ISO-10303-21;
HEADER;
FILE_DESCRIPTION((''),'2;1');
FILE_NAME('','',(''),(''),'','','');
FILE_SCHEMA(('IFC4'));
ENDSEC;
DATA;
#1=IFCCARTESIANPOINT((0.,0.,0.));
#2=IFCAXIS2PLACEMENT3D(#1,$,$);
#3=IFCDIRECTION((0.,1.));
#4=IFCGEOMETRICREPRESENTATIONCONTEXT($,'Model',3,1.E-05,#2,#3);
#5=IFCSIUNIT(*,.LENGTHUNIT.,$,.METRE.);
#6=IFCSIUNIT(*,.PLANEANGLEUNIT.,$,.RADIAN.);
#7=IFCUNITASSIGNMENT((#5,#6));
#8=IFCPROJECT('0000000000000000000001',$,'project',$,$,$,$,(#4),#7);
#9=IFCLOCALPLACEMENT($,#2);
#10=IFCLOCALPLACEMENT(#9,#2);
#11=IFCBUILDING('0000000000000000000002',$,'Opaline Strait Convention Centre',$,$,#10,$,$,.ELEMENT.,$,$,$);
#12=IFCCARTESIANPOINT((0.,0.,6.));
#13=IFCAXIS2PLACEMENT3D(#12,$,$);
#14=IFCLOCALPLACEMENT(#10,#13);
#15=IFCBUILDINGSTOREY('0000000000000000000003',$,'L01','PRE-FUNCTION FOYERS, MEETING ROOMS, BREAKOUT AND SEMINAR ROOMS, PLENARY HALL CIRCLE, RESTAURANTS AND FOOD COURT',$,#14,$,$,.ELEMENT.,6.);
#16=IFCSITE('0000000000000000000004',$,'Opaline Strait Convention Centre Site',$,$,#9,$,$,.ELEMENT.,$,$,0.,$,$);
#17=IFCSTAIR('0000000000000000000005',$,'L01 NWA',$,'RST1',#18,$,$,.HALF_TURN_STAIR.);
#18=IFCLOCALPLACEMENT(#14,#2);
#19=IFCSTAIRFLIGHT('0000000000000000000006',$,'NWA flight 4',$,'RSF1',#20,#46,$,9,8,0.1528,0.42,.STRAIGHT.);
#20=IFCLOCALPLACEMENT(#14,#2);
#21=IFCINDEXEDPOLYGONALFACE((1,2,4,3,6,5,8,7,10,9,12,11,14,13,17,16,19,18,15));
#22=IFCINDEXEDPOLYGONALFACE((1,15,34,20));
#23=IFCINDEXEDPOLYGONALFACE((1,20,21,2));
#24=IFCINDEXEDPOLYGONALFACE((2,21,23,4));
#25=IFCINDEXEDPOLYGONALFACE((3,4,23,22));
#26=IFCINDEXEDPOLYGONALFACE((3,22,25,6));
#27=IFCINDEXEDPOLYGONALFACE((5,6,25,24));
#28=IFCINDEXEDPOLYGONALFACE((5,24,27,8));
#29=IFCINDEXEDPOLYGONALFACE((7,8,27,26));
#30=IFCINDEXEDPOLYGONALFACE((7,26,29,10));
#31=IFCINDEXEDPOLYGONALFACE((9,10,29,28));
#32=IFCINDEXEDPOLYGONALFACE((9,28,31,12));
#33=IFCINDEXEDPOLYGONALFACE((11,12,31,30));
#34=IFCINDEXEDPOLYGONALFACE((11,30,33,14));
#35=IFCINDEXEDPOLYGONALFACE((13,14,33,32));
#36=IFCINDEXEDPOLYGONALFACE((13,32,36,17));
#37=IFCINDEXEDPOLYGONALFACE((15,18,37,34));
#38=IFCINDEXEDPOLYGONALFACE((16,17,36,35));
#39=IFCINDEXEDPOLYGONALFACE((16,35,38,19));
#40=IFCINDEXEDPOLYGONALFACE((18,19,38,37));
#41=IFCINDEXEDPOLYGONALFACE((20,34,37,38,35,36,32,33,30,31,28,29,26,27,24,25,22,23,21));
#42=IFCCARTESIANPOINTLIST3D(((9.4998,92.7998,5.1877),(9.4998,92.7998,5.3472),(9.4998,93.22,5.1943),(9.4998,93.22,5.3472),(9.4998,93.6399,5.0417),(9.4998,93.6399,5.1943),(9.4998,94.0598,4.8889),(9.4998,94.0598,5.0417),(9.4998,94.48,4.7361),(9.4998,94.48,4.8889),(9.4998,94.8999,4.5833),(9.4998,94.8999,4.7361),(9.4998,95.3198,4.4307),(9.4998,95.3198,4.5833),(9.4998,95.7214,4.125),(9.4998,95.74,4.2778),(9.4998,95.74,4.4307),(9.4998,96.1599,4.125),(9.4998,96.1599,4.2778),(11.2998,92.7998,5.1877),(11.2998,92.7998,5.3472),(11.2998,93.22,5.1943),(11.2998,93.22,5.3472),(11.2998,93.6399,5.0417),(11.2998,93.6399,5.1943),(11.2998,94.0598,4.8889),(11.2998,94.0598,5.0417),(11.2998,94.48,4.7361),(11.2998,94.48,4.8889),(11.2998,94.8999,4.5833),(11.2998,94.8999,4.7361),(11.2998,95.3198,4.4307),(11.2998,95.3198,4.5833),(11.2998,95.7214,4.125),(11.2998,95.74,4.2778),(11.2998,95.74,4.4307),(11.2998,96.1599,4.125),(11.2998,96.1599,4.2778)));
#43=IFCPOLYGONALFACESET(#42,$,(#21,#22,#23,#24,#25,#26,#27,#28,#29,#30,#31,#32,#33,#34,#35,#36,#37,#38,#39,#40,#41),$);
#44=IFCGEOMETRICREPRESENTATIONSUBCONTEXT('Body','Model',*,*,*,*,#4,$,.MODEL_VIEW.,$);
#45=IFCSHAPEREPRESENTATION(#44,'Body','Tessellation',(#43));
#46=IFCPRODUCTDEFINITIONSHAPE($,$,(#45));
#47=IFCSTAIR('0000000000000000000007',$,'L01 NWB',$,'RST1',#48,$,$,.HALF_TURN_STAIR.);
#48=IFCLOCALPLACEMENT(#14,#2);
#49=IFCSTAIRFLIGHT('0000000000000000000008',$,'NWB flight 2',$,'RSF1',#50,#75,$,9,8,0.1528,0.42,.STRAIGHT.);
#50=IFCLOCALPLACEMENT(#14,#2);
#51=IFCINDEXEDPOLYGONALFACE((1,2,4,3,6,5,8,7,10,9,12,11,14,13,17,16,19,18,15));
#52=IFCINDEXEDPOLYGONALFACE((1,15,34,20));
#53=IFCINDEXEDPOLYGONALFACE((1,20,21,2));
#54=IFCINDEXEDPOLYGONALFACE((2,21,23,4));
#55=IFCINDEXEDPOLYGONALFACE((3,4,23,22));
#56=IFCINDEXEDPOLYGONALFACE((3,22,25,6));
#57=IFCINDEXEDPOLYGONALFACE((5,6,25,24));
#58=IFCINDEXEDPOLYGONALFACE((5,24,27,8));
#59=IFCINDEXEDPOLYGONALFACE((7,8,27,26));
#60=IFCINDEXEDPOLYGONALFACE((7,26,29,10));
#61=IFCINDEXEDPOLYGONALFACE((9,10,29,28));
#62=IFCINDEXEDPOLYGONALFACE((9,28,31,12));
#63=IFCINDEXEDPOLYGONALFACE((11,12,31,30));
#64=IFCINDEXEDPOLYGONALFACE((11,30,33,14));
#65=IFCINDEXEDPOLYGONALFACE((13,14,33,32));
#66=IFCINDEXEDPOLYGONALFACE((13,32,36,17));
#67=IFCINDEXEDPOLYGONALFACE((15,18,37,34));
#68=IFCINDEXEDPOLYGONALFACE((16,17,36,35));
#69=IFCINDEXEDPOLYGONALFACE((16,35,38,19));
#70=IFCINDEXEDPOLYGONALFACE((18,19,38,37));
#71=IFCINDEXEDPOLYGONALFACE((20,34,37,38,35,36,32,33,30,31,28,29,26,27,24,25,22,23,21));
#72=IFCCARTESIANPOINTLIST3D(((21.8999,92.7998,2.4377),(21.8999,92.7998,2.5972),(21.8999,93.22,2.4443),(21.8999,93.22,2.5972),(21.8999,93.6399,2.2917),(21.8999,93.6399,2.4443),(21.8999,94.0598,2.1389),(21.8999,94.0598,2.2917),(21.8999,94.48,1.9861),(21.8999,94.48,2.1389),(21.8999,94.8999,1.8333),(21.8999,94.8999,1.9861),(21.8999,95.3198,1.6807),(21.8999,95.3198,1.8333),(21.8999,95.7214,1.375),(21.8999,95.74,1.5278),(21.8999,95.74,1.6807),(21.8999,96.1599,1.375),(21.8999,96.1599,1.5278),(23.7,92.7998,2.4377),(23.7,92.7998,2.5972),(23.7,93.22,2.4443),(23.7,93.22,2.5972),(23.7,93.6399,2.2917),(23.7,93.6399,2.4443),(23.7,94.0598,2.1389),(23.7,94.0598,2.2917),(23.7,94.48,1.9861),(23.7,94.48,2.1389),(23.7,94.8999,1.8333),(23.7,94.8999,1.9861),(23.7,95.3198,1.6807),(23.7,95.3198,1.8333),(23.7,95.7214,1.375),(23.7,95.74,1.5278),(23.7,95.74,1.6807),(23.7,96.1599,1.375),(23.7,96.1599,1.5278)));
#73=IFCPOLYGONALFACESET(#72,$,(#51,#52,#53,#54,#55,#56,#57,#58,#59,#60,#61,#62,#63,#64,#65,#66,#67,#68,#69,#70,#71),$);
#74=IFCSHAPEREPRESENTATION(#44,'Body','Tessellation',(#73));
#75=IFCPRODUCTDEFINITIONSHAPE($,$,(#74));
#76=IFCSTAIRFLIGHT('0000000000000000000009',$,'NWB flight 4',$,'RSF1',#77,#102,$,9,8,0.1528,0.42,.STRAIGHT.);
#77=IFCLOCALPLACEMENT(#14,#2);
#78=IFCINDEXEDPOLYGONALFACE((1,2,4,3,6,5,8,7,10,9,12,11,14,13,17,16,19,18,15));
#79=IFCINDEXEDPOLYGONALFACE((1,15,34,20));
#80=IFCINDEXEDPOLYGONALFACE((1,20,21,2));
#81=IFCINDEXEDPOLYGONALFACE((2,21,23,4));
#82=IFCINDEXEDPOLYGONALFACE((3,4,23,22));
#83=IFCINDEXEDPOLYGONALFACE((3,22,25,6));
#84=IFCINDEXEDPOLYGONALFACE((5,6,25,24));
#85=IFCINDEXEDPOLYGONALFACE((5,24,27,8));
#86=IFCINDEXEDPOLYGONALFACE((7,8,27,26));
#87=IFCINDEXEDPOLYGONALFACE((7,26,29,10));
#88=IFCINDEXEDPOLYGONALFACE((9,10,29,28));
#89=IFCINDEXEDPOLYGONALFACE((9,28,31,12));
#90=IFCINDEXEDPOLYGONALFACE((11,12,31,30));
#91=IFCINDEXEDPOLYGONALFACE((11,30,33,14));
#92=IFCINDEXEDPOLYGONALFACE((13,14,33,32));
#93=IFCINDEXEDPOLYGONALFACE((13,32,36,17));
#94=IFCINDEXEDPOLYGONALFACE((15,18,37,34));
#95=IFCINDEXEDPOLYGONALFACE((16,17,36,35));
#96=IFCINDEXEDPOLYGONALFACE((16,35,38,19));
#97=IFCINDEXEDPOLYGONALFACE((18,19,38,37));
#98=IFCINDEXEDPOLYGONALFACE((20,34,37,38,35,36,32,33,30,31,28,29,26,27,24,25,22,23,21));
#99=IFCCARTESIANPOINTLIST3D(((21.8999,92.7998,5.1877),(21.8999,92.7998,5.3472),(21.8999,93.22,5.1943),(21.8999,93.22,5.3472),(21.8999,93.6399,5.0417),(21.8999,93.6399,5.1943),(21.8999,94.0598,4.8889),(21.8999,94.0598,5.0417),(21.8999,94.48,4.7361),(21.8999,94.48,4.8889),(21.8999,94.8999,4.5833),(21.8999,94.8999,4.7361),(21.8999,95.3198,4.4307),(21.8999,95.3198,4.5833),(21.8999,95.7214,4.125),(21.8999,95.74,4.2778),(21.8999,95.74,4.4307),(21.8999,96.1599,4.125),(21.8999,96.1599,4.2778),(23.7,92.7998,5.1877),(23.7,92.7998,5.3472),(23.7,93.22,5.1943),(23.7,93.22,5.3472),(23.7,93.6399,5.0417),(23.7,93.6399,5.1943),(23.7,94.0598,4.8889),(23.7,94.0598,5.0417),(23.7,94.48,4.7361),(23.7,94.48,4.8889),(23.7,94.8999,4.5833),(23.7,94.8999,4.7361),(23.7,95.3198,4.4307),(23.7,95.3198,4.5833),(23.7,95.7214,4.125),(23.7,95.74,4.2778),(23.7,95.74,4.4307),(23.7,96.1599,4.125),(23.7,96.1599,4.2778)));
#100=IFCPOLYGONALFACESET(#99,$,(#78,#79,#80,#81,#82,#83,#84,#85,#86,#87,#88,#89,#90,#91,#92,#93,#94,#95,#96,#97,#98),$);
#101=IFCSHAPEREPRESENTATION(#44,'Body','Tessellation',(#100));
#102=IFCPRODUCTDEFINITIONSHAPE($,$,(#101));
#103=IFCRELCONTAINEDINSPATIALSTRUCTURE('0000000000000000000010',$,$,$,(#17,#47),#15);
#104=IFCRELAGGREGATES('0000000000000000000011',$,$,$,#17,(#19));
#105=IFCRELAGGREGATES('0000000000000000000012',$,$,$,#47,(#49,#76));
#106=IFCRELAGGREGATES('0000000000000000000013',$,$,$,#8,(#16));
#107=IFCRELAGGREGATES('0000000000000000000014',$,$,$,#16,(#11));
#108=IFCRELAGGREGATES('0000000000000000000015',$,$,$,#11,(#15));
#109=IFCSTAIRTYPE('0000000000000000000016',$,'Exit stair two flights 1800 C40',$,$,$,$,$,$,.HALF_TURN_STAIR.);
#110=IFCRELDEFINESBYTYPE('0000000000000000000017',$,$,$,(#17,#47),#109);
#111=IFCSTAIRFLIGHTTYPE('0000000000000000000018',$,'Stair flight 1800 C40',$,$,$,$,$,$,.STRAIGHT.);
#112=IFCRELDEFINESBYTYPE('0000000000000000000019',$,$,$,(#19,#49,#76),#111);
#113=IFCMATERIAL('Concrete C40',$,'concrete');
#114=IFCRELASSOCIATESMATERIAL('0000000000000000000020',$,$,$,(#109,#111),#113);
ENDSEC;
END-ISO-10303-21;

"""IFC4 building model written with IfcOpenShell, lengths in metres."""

from ifc_helpers import new_model, si_unit, direction, frame, origin, place, context, subcontext, project, spatial, polyline, outline, extrude, material, type_object, element, aggregate, save


model = new_model("IFC4")

# Units and contexts
model_context = context("Model", 3, precision=1e-05, world=origin(), true_north=direction((0.0, 1.0)))
body_context = subcontext(model_context, "Body", "Model", "MODEL_VIEW")
ifc_project = project(units=[si_unit("LENGTHUNIT", "METRE"), si_unit("PLANEANGLEUNIT", "RADIAN")], contexts=[model_context])

# Site, building, storey
site_placement = place(None, origin())
site = spatial("IfcSite", under=ifc_project, at=site_placement, Name="Opaline Strait Convention Centre Site", CompositionType="ELEMENT", RefElevation=0.0)
building_placement = place(site_placement, origin())
building = spatial("IfcBuilding", under=site, at=building_placement, Name="Opaline Strait Convention Centre", CompositionType="ELEMENT")
storey_placement = place(building_placement, frame((0.0, 0.0, 6.0)))
storey = spatial("IfcBuildingStorey", under=building, at=storey_placement, Name="L01", Description="PRE-FUNCTION FOYERS, MEETING ROOMS, BREAKOUT AND SEMINAR ROOMS, PLENARY HALL CIRCLE, RESTAURANTS AND FOOD COURT", CompositionType="ELEMENT", Elevation=6.0)

# Shared definitions
ifc_material_1 = material(Name="Concrete C40", Category="concrete")

# Stairs, stair flights
stair_type = type_object("IfcStairType", Name="Exit stair two flights 1800 C40", PredefinedType="HALF_TURN_STAIR", material=ifc_material_1)
stair_1_placement = place(storey_placement, origin())
stair_1 = element("IfcStair", 1, at=stair_1_placement, inside=storey, type_object=stair_type, Name="L01 NWA", ObjectType="RST1", PredefinedType="HALF_TURN_STAIR")
stair_flight_type = type_object("IfcStairFlightType", Name="Stair flight 1800 C40", PredefinedType="STRAIGHT", material=ifc_material_1)
stair_flight_1_placement = place(storey_placement, frame((10.3999, 96.1599, 4.125), z_axis=(0.0, 0.0, 1.0), x_axis=(0.0, -1.0, 0.0)))
stair_flight_1 = element("IfcStairFlight", 2, at=stair_flight_1_placement, type_object=stair_flight_type, Name="NWA flight 4", ObjectType="RSF1", NumberOfRisers=9, NumberOfTreads=8, PredefinedType="STRAIGHT", RiserHeight=0.1528, TreadLength=0.42, context=body_context, shape_type="SweptSolid", body=[
    extrude(outline(polyline([(0.0, 0.0), (0.0, 0.1528), (0.4199, 0.1528), (0.4199, 0.3057), (0.8401, 0.3057), (0.8401, 0.4583), (1.26, 0.4583), (1.26, 0.6111), (1.6799, 0.6111), (1.6799, 0.7639), (2.1001, 0.7639), (2.1001, 0.9167), (2.52, 0.9167), (2.52, 1.0693), (2.9399, 1.0693), (2.9399, 1.2222), (3.3601, 1.2222), (3.3601, 1.375), (3.3601, 1.0627), (0.4385, 0.0), (0.0, 0.0)])), frame((0.0, 0.8999, 0.0), z_axis=(0.0, -1.0, 0.0), x_axis=(1.0, 0.0, 0.0)), (0.0, 0.0, 1.0), 1.8),
])
aggregate(stair_1, [stair_flight_1])
stair_2_placement = place(storey_placement, origin())
stair_2 = element("IfcStair", 3, at=stair_2_placement, inside=storey, type_object=stair_type, Name="L01 NWB", ObjectType="RST1", PredefinedType="HALF_TURN_STAIR")
stair_flight_2_placement = place(storey_placement, frame((22.8, 96.1599, 1.375), z_axis=(0.0, 0.0, 1.0), x_axis=(0.0, -1.0, 0.0)))
stair_flight_2 = element("IfcStairFlight", 4, at=stair_flight_2_placement, type_object=stair_flight_type, Name="NWB flight 2", ObjectType="RSF1", NumberOfRisers=9, NumberOfTreads=8, PredefinedType="STRAIGHT", RiserHeight=0.1528, TreadLength=0.42, context=body_context, shape_type="SweptSolid", body=[
    extrude(outline(polyline([(0.0, 0.0), (0.0, 0.1528), (0.4199, 0.1528), (0.4199, 0.3057), (0.8401, 0.3057), (0.8401, 0.4583), (1.26, 0.4583), (1.26, 0.6111), (1.6799, 0.6111), (1.6799, 0.7639), (2.1001, 0.7639), (2.1001, 0.9167), (2.52, 0.9167), (2.52, 1.0693), (2.9399, 1.0693), (2.9399, 1.2222), (3.3601, 1.2222), (3.3601, 1.375), (3.3601, 1.0627), (0.4385, 0.0), (0.0, 0.0)])), frame((0.0, 0.8999, 0.0), z_axis=(0.0, -1.0, 0.0), x_axis=(1.0, 0.0, 0.0)), (0.0, 0.0, 1.0), 1.8),
])
stair_flight_3_placement = place(storey_placement, frame((22.8, 96.1599, 4.125), z_axis=(0.0, 0.0, 1.0), x_axis=(0.0, -1.0, 0.0)))
stair_flight_3 = element("IfcStairFlight", 5, at=stair_flight_3_placement, type_object=stair_flight_type, Name="NWB flight 4", ObjectType="RSF1", NumberOfRisers=9, NumberOfTreads=8, PredefinedType="STRAIGHT", RiserHeight=0.1528, TreadLength=0.42, context=body_context, shape_type="SweptSolid", body=[
    extrude(outline(polyline([(0.0, 0.0), (0.0, 0.1528), (0.4199, 0.1528), (0.4199, 0.3057), (0.8401, 0.3057), (0.8401, 0.4583), (1.26, 0.4583), (1.26, 0.6111), (1.6799, 0.6111), (1.6799, 0.7639), (2.1001, 0.7639), (2.1001, 0.9167), (2.52, 0.9167), (2.52, 1.0693), (2.9399, 1.0693), (2.9399, 1.2222), (3.3601, 1.2222), (3.3601, 1.375), (3.3601, 1.0627), (0.4385, 0.0), (0.0, 0.0)])), frame((0.0, 0.8999, 0.0), z_axis=(0.0, -1.0, 0.0), x_axis=(1.0, 0.0, 0.0)), (0.0, 0.0, 1.0), 1.8),
])
aggregate(stair_2, [stair_flight_2, stair_flight_3])

save(model, "model.ifc")
